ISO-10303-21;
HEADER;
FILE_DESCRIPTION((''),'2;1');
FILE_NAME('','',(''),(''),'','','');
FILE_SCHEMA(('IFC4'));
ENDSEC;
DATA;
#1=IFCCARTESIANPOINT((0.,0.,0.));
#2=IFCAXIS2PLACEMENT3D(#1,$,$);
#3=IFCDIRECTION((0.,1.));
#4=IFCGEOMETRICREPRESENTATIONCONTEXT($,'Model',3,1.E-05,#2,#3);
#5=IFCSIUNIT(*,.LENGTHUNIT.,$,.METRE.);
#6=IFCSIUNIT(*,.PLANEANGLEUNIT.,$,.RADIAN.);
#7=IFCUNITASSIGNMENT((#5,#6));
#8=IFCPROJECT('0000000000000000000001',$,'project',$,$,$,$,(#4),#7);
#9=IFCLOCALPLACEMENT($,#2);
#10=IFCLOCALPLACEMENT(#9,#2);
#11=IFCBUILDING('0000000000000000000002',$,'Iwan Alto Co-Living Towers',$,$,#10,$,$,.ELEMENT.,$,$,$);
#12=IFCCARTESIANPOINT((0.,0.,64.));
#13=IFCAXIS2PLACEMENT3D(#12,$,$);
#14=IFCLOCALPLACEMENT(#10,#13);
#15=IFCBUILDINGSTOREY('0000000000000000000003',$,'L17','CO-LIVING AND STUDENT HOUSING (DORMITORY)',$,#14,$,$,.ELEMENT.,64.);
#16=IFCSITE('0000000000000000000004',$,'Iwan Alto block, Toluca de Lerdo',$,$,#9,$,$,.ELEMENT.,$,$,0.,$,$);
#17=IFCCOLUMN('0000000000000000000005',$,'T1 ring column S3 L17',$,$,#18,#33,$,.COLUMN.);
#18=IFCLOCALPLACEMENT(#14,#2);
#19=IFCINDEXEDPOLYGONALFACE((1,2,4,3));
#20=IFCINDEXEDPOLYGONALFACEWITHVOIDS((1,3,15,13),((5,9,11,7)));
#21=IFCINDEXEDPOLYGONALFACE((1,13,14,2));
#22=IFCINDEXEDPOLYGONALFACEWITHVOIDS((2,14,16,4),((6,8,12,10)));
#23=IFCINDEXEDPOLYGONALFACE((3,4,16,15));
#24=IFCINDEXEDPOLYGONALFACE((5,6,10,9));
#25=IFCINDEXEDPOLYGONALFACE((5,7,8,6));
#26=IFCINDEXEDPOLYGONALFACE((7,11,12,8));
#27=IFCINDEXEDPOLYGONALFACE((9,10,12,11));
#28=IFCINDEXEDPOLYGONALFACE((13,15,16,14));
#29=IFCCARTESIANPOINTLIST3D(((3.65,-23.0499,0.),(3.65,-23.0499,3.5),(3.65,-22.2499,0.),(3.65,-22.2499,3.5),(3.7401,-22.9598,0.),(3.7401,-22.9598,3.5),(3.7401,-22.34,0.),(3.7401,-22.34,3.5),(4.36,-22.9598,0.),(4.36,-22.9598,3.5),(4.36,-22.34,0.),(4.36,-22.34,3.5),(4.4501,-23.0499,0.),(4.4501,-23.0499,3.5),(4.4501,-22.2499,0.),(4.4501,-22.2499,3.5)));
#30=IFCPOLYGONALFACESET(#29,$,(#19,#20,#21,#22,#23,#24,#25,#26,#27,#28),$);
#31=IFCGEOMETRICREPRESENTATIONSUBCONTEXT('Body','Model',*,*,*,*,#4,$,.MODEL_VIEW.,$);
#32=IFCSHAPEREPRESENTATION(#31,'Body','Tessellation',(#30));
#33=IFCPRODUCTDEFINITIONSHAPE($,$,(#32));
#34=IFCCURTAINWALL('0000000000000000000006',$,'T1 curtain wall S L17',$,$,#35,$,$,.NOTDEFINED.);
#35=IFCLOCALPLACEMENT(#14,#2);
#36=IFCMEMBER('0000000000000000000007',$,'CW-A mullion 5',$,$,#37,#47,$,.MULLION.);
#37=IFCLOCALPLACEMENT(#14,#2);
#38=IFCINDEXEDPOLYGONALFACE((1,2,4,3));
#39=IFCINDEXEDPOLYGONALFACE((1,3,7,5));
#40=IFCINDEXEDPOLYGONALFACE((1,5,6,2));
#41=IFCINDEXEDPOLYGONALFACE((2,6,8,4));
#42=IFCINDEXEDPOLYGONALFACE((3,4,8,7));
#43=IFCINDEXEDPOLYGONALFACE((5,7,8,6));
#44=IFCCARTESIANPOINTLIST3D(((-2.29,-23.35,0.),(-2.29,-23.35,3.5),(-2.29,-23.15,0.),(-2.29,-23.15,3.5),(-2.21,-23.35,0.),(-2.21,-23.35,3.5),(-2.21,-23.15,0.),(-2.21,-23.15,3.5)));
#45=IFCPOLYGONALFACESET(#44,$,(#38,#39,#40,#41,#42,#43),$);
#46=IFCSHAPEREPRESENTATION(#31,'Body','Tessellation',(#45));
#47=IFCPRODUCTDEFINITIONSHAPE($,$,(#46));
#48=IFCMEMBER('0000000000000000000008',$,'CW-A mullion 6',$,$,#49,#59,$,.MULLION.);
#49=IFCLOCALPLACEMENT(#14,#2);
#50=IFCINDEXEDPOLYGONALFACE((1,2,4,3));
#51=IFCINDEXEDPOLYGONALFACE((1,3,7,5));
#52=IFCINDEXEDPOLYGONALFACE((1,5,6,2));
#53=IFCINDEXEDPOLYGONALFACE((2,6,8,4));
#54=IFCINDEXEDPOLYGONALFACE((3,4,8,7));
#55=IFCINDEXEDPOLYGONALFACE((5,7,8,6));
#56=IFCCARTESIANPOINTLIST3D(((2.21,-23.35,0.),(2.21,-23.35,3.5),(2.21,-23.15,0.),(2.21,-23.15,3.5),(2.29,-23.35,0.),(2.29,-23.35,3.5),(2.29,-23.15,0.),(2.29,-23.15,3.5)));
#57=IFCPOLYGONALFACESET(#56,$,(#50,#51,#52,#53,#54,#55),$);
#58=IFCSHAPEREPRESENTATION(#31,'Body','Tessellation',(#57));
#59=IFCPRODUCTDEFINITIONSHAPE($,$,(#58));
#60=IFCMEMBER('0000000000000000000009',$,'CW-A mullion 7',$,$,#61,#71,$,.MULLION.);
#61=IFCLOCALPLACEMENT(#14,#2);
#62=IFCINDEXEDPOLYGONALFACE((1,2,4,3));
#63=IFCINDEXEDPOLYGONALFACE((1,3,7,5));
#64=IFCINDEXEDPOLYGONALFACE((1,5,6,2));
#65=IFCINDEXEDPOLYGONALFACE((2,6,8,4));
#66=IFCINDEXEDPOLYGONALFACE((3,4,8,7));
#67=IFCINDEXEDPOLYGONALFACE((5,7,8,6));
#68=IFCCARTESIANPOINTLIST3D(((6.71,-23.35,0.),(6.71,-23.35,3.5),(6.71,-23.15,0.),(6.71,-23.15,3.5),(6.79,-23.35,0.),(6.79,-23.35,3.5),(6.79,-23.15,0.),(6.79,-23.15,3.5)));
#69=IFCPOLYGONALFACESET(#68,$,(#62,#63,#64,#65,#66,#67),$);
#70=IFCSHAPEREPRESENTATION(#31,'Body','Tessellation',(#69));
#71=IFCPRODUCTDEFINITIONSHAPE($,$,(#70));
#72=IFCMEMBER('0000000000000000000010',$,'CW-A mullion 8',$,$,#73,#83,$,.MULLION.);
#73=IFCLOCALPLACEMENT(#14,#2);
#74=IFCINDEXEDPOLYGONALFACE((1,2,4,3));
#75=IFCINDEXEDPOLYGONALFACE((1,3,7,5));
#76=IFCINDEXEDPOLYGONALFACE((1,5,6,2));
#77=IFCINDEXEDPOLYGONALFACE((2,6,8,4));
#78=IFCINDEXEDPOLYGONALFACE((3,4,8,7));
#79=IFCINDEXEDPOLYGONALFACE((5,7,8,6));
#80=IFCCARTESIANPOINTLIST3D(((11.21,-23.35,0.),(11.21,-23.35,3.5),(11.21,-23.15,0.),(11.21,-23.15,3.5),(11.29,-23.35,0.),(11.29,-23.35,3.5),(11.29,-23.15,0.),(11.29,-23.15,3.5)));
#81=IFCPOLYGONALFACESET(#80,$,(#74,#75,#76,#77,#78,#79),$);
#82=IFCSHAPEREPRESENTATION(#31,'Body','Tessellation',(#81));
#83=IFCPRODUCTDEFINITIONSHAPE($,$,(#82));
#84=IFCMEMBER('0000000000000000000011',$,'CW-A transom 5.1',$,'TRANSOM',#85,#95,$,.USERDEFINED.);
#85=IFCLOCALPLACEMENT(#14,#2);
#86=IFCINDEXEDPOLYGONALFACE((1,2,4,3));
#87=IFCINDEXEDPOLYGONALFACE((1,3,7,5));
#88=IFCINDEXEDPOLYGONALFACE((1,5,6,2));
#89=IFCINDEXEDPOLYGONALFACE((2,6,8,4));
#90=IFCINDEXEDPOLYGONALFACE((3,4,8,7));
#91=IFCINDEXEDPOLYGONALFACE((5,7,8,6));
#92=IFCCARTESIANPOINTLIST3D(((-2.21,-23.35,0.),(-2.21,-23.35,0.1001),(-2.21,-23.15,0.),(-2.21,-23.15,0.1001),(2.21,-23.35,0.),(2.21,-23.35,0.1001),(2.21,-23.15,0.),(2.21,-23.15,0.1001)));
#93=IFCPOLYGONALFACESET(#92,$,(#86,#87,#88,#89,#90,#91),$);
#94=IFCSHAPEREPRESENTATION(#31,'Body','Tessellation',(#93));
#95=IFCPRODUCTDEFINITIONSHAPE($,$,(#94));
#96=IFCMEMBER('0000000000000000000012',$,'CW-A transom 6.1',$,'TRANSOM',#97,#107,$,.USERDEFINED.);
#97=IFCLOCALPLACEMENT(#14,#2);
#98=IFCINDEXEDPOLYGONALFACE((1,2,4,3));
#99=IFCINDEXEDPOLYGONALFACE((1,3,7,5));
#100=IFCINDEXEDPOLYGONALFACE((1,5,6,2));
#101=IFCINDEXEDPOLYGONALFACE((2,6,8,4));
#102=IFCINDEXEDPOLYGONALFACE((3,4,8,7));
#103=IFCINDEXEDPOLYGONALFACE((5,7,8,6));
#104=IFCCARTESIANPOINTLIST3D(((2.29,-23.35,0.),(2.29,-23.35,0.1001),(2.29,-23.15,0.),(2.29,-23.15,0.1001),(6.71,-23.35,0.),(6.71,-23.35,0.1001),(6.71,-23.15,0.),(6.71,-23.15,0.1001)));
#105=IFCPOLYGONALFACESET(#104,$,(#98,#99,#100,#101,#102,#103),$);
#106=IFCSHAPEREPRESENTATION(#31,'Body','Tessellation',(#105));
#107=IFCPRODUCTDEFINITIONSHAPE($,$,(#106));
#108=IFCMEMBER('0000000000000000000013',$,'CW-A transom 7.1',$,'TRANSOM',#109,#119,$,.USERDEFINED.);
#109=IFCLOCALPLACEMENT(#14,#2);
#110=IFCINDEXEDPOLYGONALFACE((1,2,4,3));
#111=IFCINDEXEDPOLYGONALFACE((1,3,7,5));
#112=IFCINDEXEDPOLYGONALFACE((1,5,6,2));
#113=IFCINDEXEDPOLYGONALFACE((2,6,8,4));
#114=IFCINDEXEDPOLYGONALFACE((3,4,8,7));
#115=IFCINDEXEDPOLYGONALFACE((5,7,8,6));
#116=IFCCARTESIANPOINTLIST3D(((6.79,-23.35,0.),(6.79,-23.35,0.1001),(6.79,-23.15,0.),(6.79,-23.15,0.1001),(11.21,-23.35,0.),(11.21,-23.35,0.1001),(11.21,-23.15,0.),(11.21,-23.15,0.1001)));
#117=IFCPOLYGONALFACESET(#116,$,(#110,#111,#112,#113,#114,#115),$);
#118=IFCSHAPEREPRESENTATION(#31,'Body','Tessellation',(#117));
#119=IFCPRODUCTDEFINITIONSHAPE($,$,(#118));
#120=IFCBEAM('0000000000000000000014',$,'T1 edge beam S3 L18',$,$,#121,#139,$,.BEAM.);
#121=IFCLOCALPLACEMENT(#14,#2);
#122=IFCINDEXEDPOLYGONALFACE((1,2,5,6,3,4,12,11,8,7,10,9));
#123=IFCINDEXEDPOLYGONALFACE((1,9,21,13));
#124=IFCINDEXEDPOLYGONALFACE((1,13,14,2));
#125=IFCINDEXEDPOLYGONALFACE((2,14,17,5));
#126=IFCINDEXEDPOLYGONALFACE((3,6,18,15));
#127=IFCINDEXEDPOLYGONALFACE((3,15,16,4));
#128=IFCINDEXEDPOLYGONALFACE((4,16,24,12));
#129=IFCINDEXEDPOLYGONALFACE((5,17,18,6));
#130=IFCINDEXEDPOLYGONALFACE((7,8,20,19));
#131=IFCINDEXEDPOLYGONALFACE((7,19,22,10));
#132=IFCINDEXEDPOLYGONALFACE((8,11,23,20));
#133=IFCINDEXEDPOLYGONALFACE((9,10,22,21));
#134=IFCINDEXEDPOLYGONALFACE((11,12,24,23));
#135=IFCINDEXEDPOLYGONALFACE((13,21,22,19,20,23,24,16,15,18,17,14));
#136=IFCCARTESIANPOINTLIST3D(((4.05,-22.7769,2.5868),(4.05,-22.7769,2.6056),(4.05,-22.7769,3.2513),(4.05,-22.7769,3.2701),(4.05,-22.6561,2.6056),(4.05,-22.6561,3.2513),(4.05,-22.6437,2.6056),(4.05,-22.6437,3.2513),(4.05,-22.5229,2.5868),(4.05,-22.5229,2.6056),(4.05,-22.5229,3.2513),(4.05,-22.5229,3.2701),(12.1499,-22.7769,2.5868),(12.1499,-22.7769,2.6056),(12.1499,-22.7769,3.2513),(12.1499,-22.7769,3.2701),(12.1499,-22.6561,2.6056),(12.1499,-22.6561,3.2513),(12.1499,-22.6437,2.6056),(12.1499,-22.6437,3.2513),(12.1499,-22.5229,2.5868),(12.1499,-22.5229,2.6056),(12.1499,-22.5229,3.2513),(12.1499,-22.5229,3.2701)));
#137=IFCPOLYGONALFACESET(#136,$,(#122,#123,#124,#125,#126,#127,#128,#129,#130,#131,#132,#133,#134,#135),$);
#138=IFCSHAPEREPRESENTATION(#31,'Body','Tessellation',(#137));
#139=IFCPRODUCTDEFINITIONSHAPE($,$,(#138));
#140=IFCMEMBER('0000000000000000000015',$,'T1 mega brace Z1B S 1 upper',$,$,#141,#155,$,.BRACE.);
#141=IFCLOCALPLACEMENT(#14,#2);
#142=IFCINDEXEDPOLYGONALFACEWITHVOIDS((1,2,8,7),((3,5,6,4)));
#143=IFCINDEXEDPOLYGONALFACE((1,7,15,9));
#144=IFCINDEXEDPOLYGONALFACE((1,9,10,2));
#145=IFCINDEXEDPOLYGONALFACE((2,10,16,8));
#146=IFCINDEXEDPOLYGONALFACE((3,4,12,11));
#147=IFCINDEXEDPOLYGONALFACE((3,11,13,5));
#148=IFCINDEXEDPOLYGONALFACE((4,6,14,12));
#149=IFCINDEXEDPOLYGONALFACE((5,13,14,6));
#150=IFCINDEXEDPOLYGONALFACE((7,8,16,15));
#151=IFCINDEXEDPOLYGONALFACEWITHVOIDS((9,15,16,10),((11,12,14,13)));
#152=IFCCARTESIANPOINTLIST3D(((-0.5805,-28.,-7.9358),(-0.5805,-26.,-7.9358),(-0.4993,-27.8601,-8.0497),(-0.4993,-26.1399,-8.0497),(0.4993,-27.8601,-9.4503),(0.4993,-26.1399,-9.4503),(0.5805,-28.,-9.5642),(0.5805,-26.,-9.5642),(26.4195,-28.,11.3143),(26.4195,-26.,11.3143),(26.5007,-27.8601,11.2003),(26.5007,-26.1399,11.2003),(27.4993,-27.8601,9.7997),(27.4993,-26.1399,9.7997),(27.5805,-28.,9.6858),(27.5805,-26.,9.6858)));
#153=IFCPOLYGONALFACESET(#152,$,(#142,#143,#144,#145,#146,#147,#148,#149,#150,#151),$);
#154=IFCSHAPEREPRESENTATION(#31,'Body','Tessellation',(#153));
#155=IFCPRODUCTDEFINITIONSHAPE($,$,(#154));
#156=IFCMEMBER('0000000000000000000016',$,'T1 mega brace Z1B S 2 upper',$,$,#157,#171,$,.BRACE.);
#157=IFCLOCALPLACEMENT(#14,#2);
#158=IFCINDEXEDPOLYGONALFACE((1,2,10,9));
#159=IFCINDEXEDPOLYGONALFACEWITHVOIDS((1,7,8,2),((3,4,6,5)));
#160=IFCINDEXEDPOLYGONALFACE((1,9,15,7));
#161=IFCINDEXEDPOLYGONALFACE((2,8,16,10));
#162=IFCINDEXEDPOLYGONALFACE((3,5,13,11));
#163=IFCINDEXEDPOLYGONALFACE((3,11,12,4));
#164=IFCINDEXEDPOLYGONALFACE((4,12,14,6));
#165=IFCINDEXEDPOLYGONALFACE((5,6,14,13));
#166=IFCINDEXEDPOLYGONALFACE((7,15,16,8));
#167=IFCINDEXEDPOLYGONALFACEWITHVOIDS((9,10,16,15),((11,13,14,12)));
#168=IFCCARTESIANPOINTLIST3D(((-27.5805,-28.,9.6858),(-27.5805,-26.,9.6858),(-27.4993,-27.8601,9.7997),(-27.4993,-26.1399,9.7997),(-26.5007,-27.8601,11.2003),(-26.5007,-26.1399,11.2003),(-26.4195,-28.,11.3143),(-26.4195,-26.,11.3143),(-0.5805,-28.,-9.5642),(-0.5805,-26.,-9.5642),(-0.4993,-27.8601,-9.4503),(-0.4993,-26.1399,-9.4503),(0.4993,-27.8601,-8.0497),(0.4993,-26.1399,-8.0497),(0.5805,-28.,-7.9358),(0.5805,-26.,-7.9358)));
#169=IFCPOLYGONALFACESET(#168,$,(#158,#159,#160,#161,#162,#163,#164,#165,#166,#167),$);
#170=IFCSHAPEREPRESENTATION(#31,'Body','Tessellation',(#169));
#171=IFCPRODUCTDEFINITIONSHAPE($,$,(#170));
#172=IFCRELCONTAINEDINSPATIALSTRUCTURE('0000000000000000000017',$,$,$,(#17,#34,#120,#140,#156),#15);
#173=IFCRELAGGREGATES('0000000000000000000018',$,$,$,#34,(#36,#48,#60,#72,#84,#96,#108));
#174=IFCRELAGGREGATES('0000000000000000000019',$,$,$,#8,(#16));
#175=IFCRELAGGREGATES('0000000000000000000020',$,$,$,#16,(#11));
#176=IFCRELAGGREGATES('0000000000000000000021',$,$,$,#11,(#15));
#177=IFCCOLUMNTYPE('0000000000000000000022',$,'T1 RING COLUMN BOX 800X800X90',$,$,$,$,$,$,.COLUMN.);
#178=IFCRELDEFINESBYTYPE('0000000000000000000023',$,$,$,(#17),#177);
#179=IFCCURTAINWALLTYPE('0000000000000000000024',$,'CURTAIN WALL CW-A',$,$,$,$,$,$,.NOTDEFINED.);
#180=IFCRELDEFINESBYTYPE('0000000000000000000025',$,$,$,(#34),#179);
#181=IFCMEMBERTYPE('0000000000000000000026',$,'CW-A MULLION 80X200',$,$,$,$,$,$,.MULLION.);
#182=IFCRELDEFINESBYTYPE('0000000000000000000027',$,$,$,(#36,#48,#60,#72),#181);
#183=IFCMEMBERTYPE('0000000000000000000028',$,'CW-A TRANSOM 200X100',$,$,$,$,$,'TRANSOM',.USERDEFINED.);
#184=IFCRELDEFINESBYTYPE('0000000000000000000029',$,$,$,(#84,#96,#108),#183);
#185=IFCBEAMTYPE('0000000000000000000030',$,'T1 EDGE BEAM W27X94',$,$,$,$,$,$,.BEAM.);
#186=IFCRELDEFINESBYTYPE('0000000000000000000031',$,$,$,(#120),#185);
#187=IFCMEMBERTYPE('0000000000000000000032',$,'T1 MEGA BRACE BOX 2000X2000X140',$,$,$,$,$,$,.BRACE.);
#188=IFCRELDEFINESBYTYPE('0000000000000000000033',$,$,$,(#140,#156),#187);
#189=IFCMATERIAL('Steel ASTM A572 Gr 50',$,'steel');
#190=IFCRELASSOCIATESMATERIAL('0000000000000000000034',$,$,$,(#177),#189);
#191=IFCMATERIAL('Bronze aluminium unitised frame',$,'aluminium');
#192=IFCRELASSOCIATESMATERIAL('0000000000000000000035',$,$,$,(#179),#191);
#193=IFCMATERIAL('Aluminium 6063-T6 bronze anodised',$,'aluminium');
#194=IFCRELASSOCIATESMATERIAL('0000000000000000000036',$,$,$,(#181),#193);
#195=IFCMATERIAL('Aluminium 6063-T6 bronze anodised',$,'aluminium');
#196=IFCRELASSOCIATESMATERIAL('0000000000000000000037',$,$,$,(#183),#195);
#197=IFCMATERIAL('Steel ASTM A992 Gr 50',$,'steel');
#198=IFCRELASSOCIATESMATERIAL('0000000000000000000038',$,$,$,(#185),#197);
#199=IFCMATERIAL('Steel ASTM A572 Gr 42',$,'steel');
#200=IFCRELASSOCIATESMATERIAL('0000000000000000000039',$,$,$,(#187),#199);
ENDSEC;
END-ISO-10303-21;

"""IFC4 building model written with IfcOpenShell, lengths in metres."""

from ifc_helpers import new_model, si_unit, direction, frame, origin, origin_2d, place, context, subcontext, project, spatial, rectangle, hollow_rectangle, i_section, extrude, material, material_profile, profile_set, type_object, element, aggregate, save


model = new_model("IFC4")

# Units and contexts
model_context = context("Model", 3, precision=1e-05, world=origin(), true_north=direction((0.0, 1.0)))
body_context = subcontext(model_context, "Body", "Model", "MODEL_VIEW")
ifc_project = project(units=[si_unit("LENGTHUNIT", "METRE"), si_unit("PLANEANGLEUNIT", "RADIAN")], contexts=[model_context])

# Site, building, storey
site_placement = place(None, origin())
site = spatial("IfcSite", under=ifc_project, at=site_placement, Name="Iwan Alto block, Toluca de Lerdo", CompositionType="ELEMENT", RefElevation=0.0)
building_placement = place(site_placement, origin())
building = spatial("IfcBuilding", under=site, at=building_placement, Name="Iwan Alto Co-Living Towers", CompositionType="ELEMENT")
storey_placement = place(building_placement, frame((0.0, 0.0, 64.0)))
storey = spatial("IfcBuildingStorey", under=building, at=storey_placement, Name="L17", Description="CO-LIVING AND STUDENT HOUSING (DORMITORY)", CompositionType="ELEMENT", Elevation=64.0)

# Column
ifc_material_1 = material(Name="Steel ASTM A572 Gr 50", Category="steel")
ifc_material_profile_1 = material_profile(ifc_material_1, hollow_rectangle(XDim=0.8, YDim=0.8, WallThickness=0.0901, at=origin_2d()), Name="BOX 800X800X90")
ifc_profile_set_1 = profile_set([ifc_material_profile_1], Name="Steel ASTM A572 Gr 50")
column_type = type_object("IfcColumnType", Name="T1 RING COLUMN BOX 800X800X90", PredefinedType="COLUMN", material=ifc_profile_set_1)
column_placement = place(storey_placement, frame((4.05, -22.6499, 0.0), z_axis=(0.0, 0.0, 1.0), x_axis=(1.0, 0.0, 0.0)))
element("IfcColumn", 1, at=column_placement, inside=storey, type_object=column_type, Name="T1 ring column S3 L17", PredefinedType="COLUMN", context=body_context, shape_type="SweptSolid", body=[
    extrude(hollow_rectangle(XDim=0.8, YDim=0.8, WallThickness=0.0901, at=origin_2d()), origin(), (0.0, 0.0, 1.0), 3.5),
])

# Curtain wall, members
ifc_material_2 = material(Name="Bronze aluminium unitised frame", Category="aluminium")
curtain_wall_type = type_object("IfcCurtainWallType", Name="CURTAIN WALL CW-A", PredefinedType="NOTDEFINED", material=ifc_material_2)
curtain_wall_placement = place(storey_placement, origin())
curtain_wall = element("IfcCurtainWall", 2, at=curtain_wall_placement, inside=storey, type_object=curtain_wall_type, Name="T1 curtain wall S L17", PredefinedType="NOTDEFINED")
ifc_material_3 = material(Name="Aluminium 6063-T6 bronze anodised", Category="aluminium")
ifc_material_profile_2 = material_profile(ifc_material_3, rectangle(XDim=0.2, YDim=0.0801, at=origin_2d()), Name="AL 80X200")
ifc_profile_set_2 = profile_set([ifc_material_profile_2], Name="Aluminium 6063-T6 bronze anodised")
member_type_1 = type_object("IfcMemberType", Name="CW-A MULLION 80X200", PredefinedType="MULLION", material=ifc_profile_set_2)
member_1_placement = place(storey_placement, frame((-2.25, -23.25, 0.0), z_axis=(0.0, 0.0, 1.0), x_axis=(0.0, 1.0, 0.0)))
member_1 = element("IfcMember", 3, at=member_1_placement, type_object=member_type_1, Name="CW-A mullion 5", PredefinedType="MULLION", context=body_context, shape_type="SweptSolid", body=[
    extrude(rectangle(XDim=0.2, YDim=0.0801, at=origin_2d()), origin(), (0.0, 0.0, 1.0), 3.5),
])
member_2_placement = place(storey_placement, frame((2.25, -23.25, 0.0), z_axis=(0.0, 0.0, 1.0), x_axis=(0.0, 1.0, 0.0)))
member_2 = element("IfcMember", 4, at=member_2_placement, type_object=member_type_1, Name="CW-A mullion 6", PredefinedType="MULLION", context=body_context, shape_type="SweptSolid", body=[
    extrude(rectangle(XDim=0.2, YDim=0.0801, at=origin_2d()), origin(), (0.0, 0.0, 1.0), 3.5),
])
member_3_placement = place(storey_placement, frame((6.75, -23.25, 0.0), z_axis=(0.0, 0.0, 1.0), x_axis=(0.0, 1.0, 0.0)))
member_3 = element("IfcMember", 5, at=member_3_placement, type_object=member_type_1, Name="CW-A mullion 7", PredefinedType="MULLION", context=body_context, shape_type="SweptSolid", body=[
    extrude(rectangle(XDim=0.2, YDim=0.0801, at=origin_2d()), origin(), (0.0, 0.0, 1.0), 3.5),
])
member_4_placement = place(storey_placement, frame((11.25, -23.25, 0.0), z_axis=(0.0, 0.0, 1.0), x_axis=(0.0, 1.0, 0.0)))
member_4 = element("IfcMember", 6, at=member_4_placement, type_object=member_type_1, Name="CW-A mullion 8", PredefinedType="MULLION", context=body_context, shape_type="SweptSolid", body=[
    extrude(rectangle(XDim=0.2, YDim=0.0801, at=origin_2d()), origin(), (0.0, 0.0, 1.0), 3.5),
])
ifc_material_4 = material(Name="Aluminium 6063-T6 bronze anodised", Category="aluminium")
ifc_material_profile_3 = material_profile(ifc_material_4, rectangle(XDim=0.2, YDim=0.1001, at=origin_2d()), Name="AL 200X100")
ifc_profile_set_3 = profile_set([ifc_material_profile_3], Name="Aluminium 6063-T6 bronze anodised")
member_type_2 = type_object("IfcMemberType", Name="CW-A TRANSOM 200X100", ElementType="TRANSOM", PredefinedType="USERDEFINED", material=ifc_profile_set_3)
member_5_placement = place(storey_placement, frame((-2.21, -23.25, 0.05), z_axis=(1.0, 0.0, 0.0), x_axis=(0.0, 1.0, 0.0)))
member_5 = element("IfcMember", 7, at=member_5_placement, type_object=member_type_2, Name="CW-A transom 5.1", ObjectType="TRANSOM", PredefinedType="USERDEFINED", context=body_context, shape_type="SweptSolid", body=[
    extrude(rectangle(XDim=0.2, YDim=0.1001, at=origin_2d()), origin(), (0.0, 0.0, 1.0), 4.4199),
])
member_6_placement = place(storey_placement, frame((2.29, -23.25, 0.05), z_axis=(1.0, 0.0, 0.0), x_axis=(0.0, 1.0, 0.0)))
member_6 = element("IfcMember", 8, at=member_6_placement, type_object=member_type_2, Name="CW-A transom 6.1", ObjectType="TRANSOM", PredefinedType="USERDEFINED", context=body_context, shape_type="SweptSolid", body=[
    extrude(rectangle(XDim=0.2, YDim=0.1001, at=origin_2d()), origin(), (0.0, 0.0, 1.0), 4.4199),
])
member_7_placement = place(storey_placement, frame((6.79, -23.25, 0.05), z_axis=(1.0, 0.0, 0.0), x_axis=(0.0, 1.0, 0.0)))
member_7 = element("IfcMember", 9, at=member_7_placement, type_object=member_type_2, Name="CW-A transom 7.1", ObjectType="TRANSOM", PredefinedType="USERDEFINED", context=body_context, shape_type="SweptSolid", body=[
    extrude(rectangle(XDim=0.2, YDim=0.1001, at=origin_2d()), origin(), (0.0, 0.0, 1.0), 4.4199),
])

# Beam
ifc_material_5 = material(Name="Steel ASTM A992 Gr 50", Category="steel")
ifc_material_profile_4 = material_profile(ifc_material_5, i_section(OverallWidth=0.2539, OverallDepth=0.6833, WebThickness=0.0125, FlangeThickness=0.0188, at=origin_2d()), Name="W27X94")
ifc_profile_set_4 = profile_set([ifc_material_profile_4], Name="Steel ASTM A992 Gr 50")
beam_type_1 = type_object("IfcBeamType", Name="T1 EDGE BEAM W27X94", PredefinedType="BEAM", material=ifc_profile_set_4)
beam_1_placement = place(storey_placement, frame((4.05, -22.6499, 2.9285), z_axis=(1.0, 0.0, 0.0), x_axis=(0.0, 1.0, 0.0)))
element("IfcBeam", 10, at=beam_1_placement, inside=storey, type_object=beam_type_1, Name="T1 edge beam S3 L18", PredefinedType="BEAM", context=body_context, shape_type="SweptSolid", body=[
    extrude(i_section(OverallWidth=0.2539, OverallDepth=0.6833, WebThickness=0.0125, FlangeThickness=0.0188, at=origin_2d()), origin(), (0.0, 0.0, 1.0), 8.0999),
])

# Members
ifc_material_6 = material(Name="Steel ASTM A572 Gr 42", Category="steel")
ifc_material_profile_5 = material_profile(ifc_material_6, hollow_rectangle(XDim=2.0, YDim=2.0, WallThickness=0.1399, at=origin_2d()), Name="BOX 2000X2000X140")
ifc_profile_set_5 = profile_set([ifc_material_profile_5], Name="Steel ASTM A572 Gr 42")
member_type_3 = type_object("IfcMemberType", Name="T1 MEGA BRACE BOX 2000X2000X140", PredefinedType="BRACE", material=ifc_profile_set_5)
for number, where, z_axis, x_axis, name in (
    (11, (0.0, -27.0, -8.75), (0.814243, 0.0, 0.580525), (0.0, 1.0, 0.0), "T1 mega brace Z1B S 1 upper"),
    (12, (0.0, -27.0, -8.75), (-0.814243, 0.0, 0.580525), (0.0, -1.0, 0.0), "T1 mega brace Z1B S 2 upper"),
):
    element("IfcMember", number, at=place(storey_placement, frame(where, z_axis=z_axis, x_axis=x_axis)), inside=storey, type_object=member_type_3, Name=name, PredefinedType="BRACE", context=body_context, shape_type="SweptSolid", body=[
        extrude(hollow_rectangle(XDim=2.0, YDim=2.0, WallThickness=0.1399, at=origin_2d()), origin(), (0.0, 0.0, 1.0), 33.1597),
    ])

aggregate(curtain_wall, [member_1, member_2, member_3, member_4, member_5, member_6, member_7])

save(model, "model.ifc")
